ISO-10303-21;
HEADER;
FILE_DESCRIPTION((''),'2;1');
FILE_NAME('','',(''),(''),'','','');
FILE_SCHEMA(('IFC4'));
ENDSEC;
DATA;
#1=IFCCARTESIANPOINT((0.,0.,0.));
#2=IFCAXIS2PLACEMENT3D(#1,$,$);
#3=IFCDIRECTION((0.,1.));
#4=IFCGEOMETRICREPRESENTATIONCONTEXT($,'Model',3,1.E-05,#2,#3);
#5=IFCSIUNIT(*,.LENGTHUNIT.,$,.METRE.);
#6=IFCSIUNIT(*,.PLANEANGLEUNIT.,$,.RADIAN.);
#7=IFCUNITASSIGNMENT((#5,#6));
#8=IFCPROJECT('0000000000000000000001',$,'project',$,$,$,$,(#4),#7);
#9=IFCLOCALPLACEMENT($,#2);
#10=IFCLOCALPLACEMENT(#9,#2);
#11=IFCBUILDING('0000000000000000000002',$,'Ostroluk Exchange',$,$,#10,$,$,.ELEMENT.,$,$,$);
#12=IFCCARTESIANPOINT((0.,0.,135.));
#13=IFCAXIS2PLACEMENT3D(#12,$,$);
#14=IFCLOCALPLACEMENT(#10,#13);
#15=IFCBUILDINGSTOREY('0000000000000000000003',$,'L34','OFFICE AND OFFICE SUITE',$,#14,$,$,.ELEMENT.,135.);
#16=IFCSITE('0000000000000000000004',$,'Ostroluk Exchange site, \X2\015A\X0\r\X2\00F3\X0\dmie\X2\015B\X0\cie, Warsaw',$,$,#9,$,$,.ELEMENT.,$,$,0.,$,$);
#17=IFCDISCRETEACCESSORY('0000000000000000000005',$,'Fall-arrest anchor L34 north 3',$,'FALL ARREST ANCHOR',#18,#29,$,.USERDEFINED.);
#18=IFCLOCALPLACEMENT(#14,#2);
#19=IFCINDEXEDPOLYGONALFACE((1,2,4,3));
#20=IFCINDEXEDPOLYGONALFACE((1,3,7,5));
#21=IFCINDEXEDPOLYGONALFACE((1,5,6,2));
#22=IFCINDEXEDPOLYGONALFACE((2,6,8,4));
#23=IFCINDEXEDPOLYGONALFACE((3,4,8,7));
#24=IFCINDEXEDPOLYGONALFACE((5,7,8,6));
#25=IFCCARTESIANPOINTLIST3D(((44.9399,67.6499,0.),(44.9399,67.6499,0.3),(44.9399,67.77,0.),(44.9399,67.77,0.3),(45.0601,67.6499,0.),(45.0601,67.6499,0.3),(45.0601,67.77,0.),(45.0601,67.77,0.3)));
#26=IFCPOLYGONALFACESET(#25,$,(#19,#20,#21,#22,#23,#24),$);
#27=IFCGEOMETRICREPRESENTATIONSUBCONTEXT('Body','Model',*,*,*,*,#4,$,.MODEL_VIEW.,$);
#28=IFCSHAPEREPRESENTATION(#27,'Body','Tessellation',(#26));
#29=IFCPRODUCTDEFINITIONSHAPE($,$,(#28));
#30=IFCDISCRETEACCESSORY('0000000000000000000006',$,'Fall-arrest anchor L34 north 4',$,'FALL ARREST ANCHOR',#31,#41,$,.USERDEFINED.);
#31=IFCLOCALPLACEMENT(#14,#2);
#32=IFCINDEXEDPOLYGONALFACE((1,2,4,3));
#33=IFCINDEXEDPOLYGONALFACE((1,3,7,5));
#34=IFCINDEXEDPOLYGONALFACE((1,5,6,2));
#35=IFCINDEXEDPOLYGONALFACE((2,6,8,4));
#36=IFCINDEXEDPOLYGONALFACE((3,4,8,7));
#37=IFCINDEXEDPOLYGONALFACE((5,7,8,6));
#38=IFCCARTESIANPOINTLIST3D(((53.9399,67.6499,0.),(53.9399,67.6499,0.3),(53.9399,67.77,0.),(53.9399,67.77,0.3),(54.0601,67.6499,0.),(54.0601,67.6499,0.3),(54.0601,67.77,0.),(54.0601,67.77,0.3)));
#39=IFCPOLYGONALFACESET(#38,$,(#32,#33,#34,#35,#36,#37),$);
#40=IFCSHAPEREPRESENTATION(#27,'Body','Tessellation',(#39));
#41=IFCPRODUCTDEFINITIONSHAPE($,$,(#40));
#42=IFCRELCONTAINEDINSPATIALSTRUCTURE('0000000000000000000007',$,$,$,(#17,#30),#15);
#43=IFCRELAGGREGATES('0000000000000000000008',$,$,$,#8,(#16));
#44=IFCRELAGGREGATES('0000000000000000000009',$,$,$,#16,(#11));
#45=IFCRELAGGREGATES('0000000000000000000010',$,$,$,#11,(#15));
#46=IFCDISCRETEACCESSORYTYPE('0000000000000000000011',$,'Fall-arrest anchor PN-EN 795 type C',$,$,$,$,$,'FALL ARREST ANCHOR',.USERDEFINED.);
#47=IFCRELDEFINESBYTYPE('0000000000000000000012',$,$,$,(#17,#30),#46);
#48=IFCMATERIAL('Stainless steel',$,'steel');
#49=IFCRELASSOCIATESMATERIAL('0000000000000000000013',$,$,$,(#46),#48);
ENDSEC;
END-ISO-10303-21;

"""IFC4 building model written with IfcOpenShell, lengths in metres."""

from ifc_helpers import new_model, si_unit, direction, frame, origin, origin_2d, place, context, subcontext, project, spatial, rectangle, extrude, material, type_object, element, save


model = new_model("IFC4")

# Units and contexts
model_context = context("Model", 3, precision=1e-05, world=origin(), true_north=direction((0.0, 1.0)))
body_context = subcontext(model_context, "Body", "Model", "MODEL_VIEW")
ifc_project = project(units=[si_unit("LENGTHUNIT", "METRE"), si_unit("PLANEANGLEUNIT", "RADIAN")], contexts=[model_context])

# Site, building, storey
site_placement = place(None, origin())
site = spatial("IfcSite", under=ifc_project, at=site_placement, Name="Ostroluk Exchange site, Śródmieście, Warsaw", CompositionType="ELEMENT", RefElevation=0.0)
building_placement = place(site_placement, origin())
building = spatial("IfcBuilding", under=site, at=building_placement, Name="Ostroluk Exchange", CompositionType="ELEMENT")
storey_placement = place(building_placement, frame((0.0, 0.0, 135.0)))
storey = spatial("IfcBuildingStorey", under=building, at=storey_placement, Name="L34", Description="OFFICE AND OFFICE SUITE", CompositionType="ELEMENT", Elevation=135.0)

# Discrete accessories
ifc_material_1 = material(Name="Stainless steel", Category="steel")
discrete_accessory_type = type_object("IfcDiscreteAccessoryType", Name="Fall-arrest anchor PN-EN 795 type C", ElementType="FALL ARREST ANCHOR", PredefinedType="USERDEFINED", material=ifc_material_1)
for number, where, z_axis, x_axis, name in (
    (1, (45.0, 67.71, 0.0), (0.0, 0.0, 1.0), (1.0, 0.0, 0.0), "Fall-arrest anchor L34 north 3"),
    (2, (54.0, 67.71, 0.0), (0.0, 0.0, 1.0), (1.0, 0.0, 0.0), "Fall-arrest anchor L34 north 4"),
):
    element("IfcDiscreteAccessory", number, at=place(storey_placement, frame(where, z_axis=z_axis, x_axis=x_axis)), inside=storey, type_object=discrete_accessory_type, Name=name, ObjectType="FALL ARREST ANCHOR", PredefinedType="USERDEFINED", context=body_context, shape_type="SweptSolid", body=[
        extrude(rectangle(XDim=0.1201, YDim=0.1201, at=origin_2d()), origin(), (0.0, 0.0, 1.0), 0.3),
    ])

save(model, "model.ifc")
